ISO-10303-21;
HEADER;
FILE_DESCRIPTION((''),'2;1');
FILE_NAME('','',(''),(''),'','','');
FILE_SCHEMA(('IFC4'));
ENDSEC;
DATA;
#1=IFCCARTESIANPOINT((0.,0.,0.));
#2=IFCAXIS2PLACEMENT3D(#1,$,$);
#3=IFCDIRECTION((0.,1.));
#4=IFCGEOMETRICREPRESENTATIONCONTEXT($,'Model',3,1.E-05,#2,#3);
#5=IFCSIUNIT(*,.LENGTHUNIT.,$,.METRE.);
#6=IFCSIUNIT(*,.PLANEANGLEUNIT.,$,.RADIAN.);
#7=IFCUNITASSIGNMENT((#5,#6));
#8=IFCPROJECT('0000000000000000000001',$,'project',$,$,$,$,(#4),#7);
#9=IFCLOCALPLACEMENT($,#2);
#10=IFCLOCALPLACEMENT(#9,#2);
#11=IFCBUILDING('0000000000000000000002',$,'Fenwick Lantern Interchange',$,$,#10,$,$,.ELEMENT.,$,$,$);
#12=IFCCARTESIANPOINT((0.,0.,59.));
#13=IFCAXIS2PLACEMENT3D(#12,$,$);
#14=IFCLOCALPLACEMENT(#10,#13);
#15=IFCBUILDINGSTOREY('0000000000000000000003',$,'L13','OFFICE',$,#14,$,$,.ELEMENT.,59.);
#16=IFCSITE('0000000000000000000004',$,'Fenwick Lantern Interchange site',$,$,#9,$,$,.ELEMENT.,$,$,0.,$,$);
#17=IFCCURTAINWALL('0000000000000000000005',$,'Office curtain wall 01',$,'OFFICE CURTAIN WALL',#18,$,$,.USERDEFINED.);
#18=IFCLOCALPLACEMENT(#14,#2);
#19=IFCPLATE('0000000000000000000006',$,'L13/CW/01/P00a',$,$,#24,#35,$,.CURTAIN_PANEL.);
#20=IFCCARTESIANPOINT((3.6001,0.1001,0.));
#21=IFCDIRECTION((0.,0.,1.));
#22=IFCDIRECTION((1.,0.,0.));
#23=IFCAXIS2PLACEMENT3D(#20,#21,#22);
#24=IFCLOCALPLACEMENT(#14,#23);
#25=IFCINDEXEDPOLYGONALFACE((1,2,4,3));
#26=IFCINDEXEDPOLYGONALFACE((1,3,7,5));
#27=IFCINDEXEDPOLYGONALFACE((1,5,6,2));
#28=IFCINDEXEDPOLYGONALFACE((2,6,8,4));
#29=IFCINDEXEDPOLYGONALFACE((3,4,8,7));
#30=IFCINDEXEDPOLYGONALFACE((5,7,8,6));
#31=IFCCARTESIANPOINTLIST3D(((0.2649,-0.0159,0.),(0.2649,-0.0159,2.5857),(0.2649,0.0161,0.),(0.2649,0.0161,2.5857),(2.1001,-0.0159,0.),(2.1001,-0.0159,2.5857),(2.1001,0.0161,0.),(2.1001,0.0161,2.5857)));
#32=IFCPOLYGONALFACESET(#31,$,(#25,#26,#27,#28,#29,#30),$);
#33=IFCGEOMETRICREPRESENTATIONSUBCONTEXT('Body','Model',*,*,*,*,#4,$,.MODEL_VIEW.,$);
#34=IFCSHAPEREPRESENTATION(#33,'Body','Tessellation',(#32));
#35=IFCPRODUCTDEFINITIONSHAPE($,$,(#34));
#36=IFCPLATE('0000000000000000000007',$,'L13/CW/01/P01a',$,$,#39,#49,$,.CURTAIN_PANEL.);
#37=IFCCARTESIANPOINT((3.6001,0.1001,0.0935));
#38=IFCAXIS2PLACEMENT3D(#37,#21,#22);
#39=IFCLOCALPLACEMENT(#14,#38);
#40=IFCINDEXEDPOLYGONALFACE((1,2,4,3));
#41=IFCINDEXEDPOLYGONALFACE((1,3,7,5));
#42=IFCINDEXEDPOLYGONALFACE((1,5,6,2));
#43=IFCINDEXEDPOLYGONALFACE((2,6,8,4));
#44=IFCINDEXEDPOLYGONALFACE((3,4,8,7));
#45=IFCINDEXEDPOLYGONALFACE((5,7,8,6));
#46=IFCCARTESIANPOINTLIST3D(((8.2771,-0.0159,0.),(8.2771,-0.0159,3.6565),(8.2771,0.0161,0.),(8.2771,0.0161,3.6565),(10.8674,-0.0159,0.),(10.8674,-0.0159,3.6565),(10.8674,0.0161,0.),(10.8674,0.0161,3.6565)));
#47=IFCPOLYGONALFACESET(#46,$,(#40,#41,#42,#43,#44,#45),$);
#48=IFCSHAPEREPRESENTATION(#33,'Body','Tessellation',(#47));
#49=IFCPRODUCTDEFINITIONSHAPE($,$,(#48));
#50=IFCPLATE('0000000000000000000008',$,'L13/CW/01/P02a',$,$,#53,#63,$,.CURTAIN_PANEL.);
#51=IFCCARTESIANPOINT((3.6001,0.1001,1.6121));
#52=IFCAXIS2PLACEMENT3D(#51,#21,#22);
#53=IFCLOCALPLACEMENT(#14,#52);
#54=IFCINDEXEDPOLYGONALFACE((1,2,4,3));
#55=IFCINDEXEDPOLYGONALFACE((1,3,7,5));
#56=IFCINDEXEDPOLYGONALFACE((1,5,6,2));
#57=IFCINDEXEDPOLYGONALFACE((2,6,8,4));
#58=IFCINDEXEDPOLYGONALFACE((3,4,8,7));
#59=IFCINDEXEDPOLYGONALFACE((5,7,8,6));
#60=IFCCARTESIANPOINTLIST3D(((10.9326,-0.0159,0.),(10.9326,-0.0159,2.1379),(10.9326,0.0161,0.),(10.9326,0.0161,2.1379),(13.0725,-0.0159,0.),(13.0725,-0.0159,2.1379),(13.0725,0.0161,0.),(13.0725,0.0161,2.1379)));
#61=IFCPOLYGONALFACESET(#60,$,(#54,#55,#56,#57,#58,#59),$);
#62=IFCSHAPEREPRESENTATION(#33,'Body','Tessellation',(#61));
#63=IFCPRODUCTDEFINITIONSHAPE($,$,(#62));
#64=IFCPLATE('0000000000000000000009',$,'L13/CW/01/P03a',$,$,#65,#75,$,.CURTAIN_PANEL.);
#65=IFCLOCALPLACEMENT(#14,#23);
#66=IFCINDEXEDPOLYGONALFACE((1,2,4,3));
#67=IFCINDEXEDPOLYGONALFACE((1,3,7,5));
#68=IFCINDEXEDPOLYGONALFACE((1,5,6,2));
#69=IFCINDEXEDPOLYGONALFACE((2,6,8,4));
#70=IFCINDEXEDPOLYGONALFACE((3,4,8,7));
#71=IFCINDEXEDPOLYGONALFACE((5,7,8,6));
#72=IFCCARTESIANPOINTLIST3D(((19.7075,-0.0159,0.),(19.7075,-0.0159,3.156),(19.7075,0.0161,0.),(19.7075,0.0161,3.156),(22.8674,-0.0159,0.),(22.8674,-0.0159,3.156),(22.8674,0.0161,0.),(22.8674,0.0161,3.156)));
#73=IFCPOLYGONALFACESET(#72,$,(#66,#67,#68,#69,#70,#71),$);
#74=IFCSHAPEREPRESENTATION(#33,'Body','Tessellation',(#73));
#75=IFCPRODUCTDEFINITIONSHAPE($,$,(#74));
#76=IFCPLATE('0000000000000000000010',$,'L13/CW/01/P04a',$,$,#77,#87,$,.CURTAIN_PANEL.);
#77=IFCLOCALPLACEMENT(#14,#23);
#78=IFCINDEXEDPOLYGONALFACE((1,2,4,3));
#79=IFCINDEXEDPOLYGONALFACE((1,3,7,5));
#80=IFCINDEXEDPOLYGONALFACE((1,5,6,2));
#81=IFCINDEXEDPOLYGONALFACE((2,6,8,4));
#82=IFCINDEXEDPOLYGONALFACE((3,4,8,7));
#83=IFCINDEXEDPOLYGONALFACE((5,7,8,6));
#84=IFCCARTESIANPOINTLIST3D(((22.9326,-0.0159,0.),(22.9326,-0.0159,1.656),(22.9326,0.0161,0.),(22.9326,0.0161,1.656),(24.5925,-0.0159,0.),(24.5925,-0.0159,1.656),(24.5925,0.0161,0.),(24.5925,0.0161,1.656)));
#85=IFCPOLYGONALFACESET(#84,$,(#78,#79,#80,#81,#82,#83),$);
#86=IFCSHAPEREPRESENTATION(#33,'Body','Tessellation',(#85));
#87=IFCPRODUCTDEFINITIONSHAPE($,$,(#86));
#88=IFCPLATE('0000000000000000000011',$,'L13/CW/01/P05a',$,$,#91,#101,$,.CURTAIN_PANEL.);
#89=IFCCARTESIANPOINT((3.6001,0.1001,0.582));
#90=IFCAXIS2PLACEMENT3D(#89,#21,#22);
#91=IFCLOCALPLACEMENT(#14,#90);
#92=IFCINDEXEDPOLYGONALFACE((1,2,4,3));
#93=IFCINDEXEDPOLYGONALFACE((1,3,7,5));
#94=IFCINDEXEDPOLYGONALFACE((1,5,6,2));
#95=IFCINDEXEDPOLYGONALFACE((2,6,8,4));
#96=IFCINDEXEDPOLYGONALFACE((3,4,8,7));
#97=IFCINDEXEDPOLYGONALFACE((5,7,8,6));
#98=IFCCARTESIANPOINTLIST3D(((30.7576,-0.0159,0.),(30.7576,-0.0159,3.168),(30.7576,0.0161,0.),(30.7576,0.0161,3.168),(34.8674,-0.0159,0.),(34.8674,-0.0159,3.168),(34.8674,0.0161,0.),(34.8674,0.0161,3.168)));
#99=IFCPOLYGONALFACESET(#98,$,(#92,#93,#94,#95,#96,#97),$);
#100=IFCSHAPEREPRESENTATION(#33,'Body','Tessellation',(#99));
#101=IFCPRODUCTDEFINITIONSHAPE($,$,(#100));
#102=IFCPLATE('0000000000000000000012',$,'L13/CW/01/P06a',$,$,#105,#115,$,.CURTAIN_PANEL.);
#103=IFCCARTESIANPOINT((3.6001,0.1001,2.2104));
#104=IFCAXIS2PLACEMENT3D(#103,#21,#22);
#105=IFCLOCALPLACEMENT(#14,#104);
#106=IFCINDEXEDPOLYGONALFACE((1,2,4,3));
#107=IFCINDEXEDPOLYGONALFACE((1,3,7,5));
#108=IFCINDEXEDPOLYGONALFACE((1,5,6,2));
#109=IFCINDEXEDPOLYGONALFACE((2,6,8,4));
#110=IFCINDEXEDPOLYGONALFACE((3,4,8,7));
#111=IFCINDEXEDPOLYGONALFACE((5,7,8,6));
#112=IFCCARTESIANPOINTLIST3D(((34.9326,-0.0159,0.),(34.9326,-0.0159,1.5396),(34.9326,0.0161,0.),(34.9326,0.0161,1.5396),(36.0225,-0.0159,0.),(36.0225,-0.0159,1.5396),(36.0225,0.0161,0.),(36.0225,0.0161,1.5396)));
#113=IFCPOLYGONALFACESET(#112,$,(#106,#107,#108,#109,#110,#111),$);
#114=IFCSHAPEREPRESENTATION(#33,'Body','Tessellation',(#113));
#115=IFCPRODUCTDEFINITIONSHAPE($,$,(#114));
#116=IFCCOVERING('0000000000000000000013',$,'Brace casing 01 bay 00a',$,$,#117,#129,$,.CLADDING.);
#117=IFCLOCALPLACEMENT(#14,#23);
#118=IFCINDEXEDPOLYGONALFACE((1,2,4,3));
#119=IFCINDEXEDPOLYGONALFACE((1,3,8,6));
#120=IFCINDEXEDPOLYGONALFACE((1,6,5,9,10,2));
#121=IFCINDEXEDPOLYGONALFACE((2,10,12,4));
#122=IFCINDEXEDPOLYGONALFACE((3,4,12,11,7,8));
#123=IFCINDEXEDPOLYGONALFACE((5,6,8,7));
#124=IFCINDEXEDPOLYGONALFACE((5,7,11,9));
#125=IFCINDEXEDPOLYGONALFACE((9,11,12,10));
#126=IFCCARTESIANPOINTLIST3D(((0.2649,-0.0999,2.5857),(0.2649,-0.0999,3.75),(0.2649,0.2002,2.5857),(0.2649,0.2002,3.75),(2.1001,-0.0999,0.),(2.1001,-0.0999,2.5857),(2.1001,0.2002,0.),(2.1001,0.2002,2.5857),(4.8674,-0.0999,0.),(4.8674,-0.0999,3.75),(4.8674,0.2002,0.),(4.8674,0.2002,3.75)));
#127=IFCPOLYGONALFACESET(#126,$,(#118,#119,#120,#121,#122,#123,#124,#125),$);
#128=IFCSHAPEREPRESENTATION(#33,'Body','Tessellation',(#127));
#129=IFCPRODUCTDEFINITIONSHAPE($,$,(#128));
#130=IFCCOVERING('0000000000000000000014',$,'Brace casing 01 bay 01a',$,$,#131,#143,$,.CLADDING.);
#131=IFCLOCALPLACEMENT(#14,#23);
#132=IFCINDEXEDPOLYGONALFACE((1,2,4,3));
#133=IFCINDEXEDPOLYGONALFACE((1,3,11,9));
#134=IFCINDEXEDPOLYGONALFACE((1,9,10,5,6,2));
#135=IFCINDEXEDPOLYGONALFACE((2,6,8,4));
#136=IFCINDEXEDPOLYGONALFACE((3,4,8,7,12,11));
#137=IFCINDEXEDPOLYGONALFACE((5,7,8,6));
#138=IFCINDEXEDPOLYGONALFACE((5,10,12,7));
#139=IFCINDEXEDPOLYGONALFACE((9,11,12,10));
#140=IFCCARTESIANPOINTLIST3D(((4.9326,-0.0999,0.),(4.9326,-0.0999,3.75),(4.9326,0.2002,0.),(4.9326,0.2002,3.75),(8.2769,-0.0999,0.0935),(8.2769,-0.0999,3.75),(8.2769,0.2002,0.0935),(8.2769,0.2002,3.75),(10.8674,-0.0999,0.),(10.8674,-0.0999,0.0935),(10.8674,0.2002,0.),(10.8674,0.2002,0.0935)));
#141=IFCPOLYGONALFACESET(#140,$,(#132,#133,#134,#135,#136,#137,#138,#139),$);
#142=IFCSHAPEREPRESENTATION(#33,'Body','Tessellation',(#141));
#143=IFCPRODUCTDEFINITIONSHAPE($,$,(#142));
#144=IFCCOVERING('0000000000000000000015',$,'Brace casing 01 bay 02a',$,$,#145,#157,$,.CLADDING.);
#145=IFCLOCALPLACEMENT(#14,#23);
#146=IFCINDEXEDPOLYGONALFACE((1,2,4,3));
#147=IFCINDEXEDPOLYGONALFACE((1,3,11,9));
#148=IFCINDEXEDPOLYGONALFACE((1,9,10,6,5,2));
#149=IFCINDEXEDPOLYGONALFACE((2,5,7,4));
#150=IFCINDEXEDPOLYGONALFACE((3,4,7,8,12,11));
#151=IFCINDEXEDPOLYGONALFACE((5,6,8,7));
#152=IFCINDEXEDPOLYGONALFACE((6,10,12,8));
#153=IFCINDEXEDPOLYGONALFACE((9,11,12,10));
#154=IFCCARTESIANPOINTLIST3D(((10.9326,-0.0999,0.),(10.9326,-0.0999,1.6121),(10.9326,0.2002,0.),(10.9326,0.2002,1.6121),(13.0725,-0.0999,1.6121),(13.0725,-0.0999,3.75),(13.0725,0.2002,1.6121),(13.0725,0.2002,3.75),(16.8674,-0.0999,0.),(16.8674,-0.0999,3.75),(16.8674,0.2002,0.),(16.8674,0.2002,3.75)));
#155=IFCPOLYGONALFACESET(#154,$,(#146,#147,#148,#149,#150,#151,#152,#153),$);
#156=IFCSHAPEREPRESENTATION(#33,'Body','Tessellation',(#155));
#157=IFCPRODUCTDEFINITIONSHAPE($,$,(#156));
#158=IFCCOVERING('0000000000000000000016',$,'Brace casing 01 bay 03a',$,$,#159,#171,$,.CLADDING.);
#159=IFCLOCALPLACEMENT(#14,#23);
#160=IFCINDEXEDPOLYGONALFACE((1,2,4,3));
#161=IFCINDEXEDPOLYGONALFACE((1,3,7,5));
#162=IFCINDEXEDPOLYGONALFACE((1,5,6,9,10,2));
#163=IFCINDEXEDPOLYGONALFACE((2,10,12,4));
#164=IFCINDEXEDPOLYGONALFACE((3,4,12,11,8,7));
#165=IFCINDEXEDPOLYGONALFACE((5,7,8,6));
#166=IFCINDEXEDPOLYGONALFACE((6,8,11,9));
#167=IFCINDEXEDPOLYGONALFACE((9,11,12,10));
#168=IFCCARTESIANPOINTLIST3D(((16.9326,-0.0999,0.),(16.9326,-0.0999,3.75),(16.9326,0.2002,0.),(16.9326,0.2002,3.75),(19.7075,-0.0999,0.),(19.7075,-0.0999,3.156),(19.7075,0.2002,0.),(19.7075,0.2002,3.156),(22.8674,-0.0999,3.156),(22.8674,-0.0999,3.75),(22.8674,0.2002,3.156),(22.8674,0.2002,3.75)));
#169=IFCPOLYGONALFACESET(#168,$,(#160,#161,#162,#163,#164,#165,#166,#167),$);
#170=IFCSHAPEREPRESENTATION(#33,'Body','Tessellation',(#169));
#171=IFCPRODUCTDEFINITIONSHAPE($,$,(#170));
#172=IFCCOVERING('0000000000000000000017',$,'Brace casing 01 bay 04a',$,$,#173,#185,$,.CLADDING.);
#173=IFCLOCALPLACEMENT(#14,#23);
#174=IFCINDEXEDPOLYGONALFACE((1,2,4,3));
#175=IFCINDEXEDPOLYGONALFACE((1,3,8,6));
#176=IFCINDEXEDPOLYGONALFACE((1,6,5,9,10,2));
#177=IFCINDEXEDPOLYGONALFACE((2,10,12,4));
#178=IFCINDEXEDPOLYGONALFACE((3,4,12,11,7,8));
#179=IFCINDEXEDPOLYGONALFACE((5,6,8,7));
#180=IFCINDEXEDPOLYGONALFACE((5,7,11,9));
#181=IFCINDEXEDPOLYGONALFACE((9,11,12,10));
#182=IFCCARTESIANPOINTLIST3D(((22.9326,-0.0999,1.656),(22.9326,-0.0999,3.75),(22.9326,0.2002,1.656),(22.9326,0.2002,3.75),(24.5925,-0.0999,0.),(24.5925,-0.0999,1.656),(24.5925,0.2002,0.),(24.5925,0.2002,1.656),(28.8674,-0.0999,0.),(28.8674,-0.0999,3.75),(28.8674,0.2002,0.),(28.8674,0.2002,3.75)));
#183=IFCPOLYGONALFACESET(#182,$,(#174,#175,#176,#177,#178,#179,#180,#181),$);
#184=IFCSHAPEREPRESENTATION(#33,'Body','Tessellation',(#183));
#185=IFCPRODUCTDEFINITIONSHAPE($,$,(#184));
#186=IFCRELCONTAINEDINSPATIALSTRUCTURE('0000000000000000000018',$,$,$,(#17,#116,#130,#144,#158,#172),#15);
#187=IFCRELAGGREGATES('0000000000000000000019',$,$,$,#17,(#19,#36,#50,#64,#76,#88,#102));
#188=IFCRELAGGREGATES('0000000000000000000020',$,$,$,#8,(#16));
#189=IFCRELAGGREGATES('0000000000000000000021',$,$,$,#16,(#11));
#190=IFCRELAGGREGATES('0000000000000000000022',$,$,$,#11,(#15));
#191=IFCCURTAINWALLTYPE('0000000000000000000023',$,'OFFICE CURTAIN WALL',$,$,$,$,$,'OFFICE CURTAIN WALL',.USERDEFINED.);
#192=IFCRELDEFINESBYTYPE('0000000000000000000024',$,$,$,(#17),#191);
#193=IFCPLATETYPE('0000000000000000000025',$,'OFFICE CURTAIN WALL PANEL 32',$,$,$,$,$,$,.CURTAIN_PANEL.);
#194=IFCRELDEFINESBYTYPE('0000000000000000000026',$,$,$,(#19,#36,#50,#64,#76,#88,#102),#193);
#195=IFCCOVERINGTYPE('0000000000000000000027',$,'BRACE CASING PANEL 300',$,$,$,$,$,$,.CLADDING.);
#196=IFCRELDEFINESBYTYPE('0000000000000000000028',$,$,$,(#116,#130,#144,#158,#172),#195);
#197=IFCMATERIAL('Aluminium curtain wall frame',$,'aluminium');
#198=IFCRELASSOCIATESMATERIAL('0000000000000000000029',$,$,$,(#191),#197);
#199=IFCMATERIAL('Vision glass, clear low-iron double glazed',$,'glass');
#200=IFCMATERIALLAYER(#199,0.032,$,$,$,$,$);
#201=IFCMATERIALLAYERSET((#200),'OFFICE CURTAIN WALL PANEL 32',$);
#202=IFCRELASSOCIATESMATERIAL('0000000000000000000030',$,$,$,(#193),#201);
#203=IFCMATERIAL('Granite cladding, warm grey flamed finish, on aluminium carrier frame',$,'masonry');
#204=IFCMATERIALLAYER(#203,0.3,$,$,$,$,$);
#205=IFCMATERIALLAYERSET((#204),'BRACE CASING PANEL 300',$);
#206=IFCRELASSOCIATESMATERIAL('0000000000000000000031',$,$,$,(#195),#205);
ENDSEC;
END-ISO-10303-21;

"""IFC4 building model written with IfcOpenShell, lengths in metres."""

from ifc_helpers import new_model, si_unit, direction, frame, origin, place, context, subcontext, project, spatial, polyline, outline, extrude, material, layer, layer_set, type_object, element, aggregate, save


model = new_model("IFC4")

# Units and contexts
model_context = context("Model", 3, precision=1e-05, world=origin(), true_north=direction((0.0, 1.0)))
body_context = subcontext(model_context, "Body", "Model", "MODEL_VIEW")
ifc_project = project(units=[si_unit("LENGTHUNIT", "METRE"), si_unit("PLANEANGLEUNIT", "RADIAN")], contexts=[model_context])

# Site, building, storey
site_placement = place(None, origin())
site = spatial("IfcSite", under=ifc_project, at=site_placement, Name="Fenwick Lantern Interchange site", CompositionType="ELEMENT", RefElevation=0.0)
building_placement = place(site_placement, origin())
building = spatial("IfcBuilding", under=site, at=building_placement, Name="Fenwick Lantern Interchange", CompositionType="ELEMENT")
storey_placement = place(building_placement, frame((0.0, 0.0, 59.0)))
storey = spatial("IfcBuildingStorey", under=building, at=storey_placement, Name="L13", Description="OFFICE", CompositionType="ELEMENT", Elevation=59.0)

# Shared definitions
ifc_material_1 = material(Name="Aluminium curtain wall frame", Category="aluminium")
curtain_wall_type = type_object("IfcCurtainWallType", Name="OFFICE CURTAIN WALL", ElementType="OFFICE CURTAIN WALL", PredefinedType="USERDEFINED", material=ifc_material_1)

# Curtain wall, plates
curtain_wall_1_placement = place(storey_placement, origin())
curtain_wall_1 = element("IfcCurtainWall", 1, at=curtain_wall_1_placement, inside=storey, type_object=curtain_wall_type, Name="Office curtain wall 01", ObjectType="OFFICE CURTAIN WALL", PredefinedType="USERDEFINED")
ifc_material_2 = material(Name="Vision glass, clear low-iron double glazed", Category="glass")
ifc_layer_1 = layer(ifc_material_2, 0.032)
ifc_layer_set_1 = layer_set([ifc_layer_1], Name="OFFICE CURTAIN WALL PANEL 32")
plate_type = type_object("IfcPlateType", Name="OFFICE CURTAIN WALL PANEL 32", PredefinedType="CURTAIN_PANEL", material=ifc_layer_set_1)
plate_1_placement = place(storey_placement, frame((3.6001, 0.1001, 0.0), z_axis=(0.0, 0.0, 1.0), x_axis=(1.0, 0.0, 0.0)))
plate_1 = element("IfcPlate", 2, at=plate_1_placement, type_object=plate_type, Name="L13/CW/01/P00a", PredefinedType="CURTAIN_PANEL", context=body_context, shape_type="SweptSolid", body=[
    extrude(outline(polyline([(0.2649, 0.0), (2.1001, 0.0), (2.1001, 2.5857), (0.2649, 2.5857), (0.2649, 0.0)])), frame((0.0, 0.0161, 0.0), z_axis=(0.0, -1.0, 0.0), x_axis=(1.0, 0.0, 0.0)), (0.0, 0.0, 1.0), 0.032),
])
plate_2_placement = place(storey_placement, frame((3.6001, 0.1001, 0.0935), z_axis=(0.0, 0.0, 1.0), x_axis=(1.0, 0.0, 0.0)))
plate_2 = element("IfcPlate", 3, at=plate_2_placement, type_object=plate_type, Name="L13/CW/01/P01a", PredefinedType="CURTAIN_PANEL", context=body_context, shape_type="SweptSolid", body=[
    extrude(outline(polyline([(8.2771, 0.0), (10.8674, 0.0), (10.8674, 3.6565), (8.2771, 3.6565), (8.2771, 0.0)])), frame((0.0, 0.0161, 0.0), z_axis=(0.0, -1.0, 0.0), x_axis=(1.0, 0.0, 0.0)), (0.0, 0.0, 1.0), 0.032),
])
plate_3_placement = place(storey_placement, frame((3.6001, 0.1001, 1.6121), z_axis=(0.0, 0.0, 1.0), x_axis=(1.0, 0.0, 0.0)))
plate_3 = element("IfcPlate", 4, at=plate_3_placement, type_object=plate_type, Name="L13/CW/01/P02a", PredefinedType="CURTAIN_PANEL", context=body_context, shape_type="SweptSolid", body=[
    extrude(outline(polyline([(10.9326, 0.0), (13.0725, 0.0), (13.0725, 2.1379), (10.9326, 2.1379), (10.9326, 0.0)])), frame((0.0, 0.0161, 0.0), z_axis=(0.0, -1.0, 0.0), x_axis=(1.0, 0.0, 0.0)), (0.0, 0.0, 1.0), 0.032),
])
plate_4_placement = place(storey_placement, frame((3.6001, 0.1001, 0.0), z_axis=(0.0, 0.0, 1.0), x_axis=(1.0, 0.0, 0.0)))
plate_4 = element("IfcPlate", 5, at=plate_4_placement, type_object=plate_type, Name="L13/CW/01/P03a", PredefinedType="CURTAIN_PANEL", context=body_context, shape_type="SweptSolid", body=[
    extrude(outline(polyline([(19.7075, 0.0), (22.8674, 0.0), (22.8674, 3.156), (19.7075, 3.156), (19.7075, 0.0)])), frame((0.0, 0.0161, 0.0), z_axis=(0.0, -1.0, 0.0), x_axis=(1.0, 0.0, 0.0)), (0.0, 0.0, 1.0), 0.032),
])
plate_5_placement = place(storey_placement, frame((3.6001, 0.1001, 0.0), z_axis=(0.0, 0.0, 1.0), x_axis=(1.0, 0.0, 0.0)))
plate_5 = element("IfcPlate", 6, at=plate_5_placement, type_object=plate_type, Name="L13/CW/01/P04a", PredefinedType="CURTAIN_PANEL", context=body_context, shape_type="SweptSolid", body=[
    extrude(outline(polyline([(22.9326, 0.0), (24.5925, 0.0), (24.5925, 1.656), (22.9326, 1.656), (22.9326, 0.0)])), frame((0.0, 0.0161, 0.0), z_axis=(0.0, -1.0, 0.0), x_axis=(1.0, 0.0, 0.0)), (0.0, 0.0, 1.0), 0.032),
])
plate_6_placement = place(storey_placement, frame((3.6001, 0.1001, 0.582), z_axis=(0.0, 0.0, 1.0), x_axis=(1.0, 0.0, 0.0)))
plate_6 = element("IfcPlate", 7, at=plate_6_placement, type_object=plate_type, Name="L13/CW/01/P05a", PredefinedType="CURTAIN_PANEL", context=body_context, shape_type="SweptSolid", body=[
    extrude(outline(polyline([(30.7576, 0.0), (34.8674, 0.0), (34.8674, 3.168), (30.7576, 3.168), (30.7576, 0.0)])), frame((0.0, 0.0161, 0.0), z_axis=(0.0, -1.0, 0.0), x_axis=(1.0, 0.0, 0.0)), (0.0, 0.0, 1.0), 0.032),
])
plate_7_placement = place(storey_placement, frame((3.6001, 0.1001, 2.2104), z_axis=(0.0, 0.0, 1.0), x_axis=(1.0, 0.0, 0.0)))
plate_7 = element("IfcPlate", 8, at=plate_7_placement, type_object=plate_type, Name="L13/CW/01/P06a", PredefinedType="CURTAIN_PANEL", context=body_context, shape_type="SweptSolid", body=[
    extrude(outline(polyline([(34.9326, 0.0), (36.0225, 0.0), (36.0225, 1.5396), (34.9326, 1.5396), (34.9326, 0.0)])), frame((0.0, 0.0161, 0.0), z_axis=(0.0, -1.0, 0.0), x_axis=(1.0, 0.0, 0.0)), (0.0, 0.0, 1.0), 0.032),
])
aggregate(curtain_wall_1, [plate_1, plate_2, plate_3, plate_4, plate_5, plate_6, plate_7])

# Coverings
ifc_material_3 = material(Name="Granite cladding, warm grey flamed finish, on aluminium carrier frame", Category="masonry")
ifc_layer_2 = layer(ifc_material_3, 0.3)
ifc_layer_set_2 = layer_set([ifc_layer_2], Name="BRACE CASING PANEL 300")
covering_type_1 = type_object("IfcCoveringType", Name="BRACE CASING PANEL 300", PredefinedType="CLADDING", material=ifc_layer_set_2)
covering_1_placement = place(storey_placement, frame((3.6001, 0.1001, 0.0), z_axis=(0.0, 0.0, 1.0), x_axis=(1.0, 0.0, 0.0)))
element("IfcCovering", 9, at=covering_1_placement, inside=storey, type_object=covering_type_1, Name="Brace casing 01 bay 00a", PredefinedType="CLADDING", context=body_context, shape_type="SweptSolid", body=[
    extrude(outline(polyline([(2.1001, 0.0), (4.8674, 0.0), (4.8674, 3.75), (0.2649, 3.75), (0.2649, 2.5857), (2.1001, 2.5857), (2.1001, 0.0)])), frame((0.0, 0.2002, 0.0), z_axis=(0.0, -1.0, 0.0), x_axis=(1.0, 0.0, 0.0)), (0.0, 0.0, 1.0), 0.3),
])
covering_2_placement = place(storey_placement, frame((3.6001, 0.1001, 0.0), z_axis=(0.0, 0.0, 1.0), x_axis=(1.0, 0.0, 0.0)))
element("IfcCovering", 10, at=covering_2_placement, inside=storey, type_object=covering_type_1, Name="Brace casing 01 bay 01a", PredefinedType="CLADDING", context=body_context, shape_type="SweptSolid", body=[
    extrude(outline(polyline([(4.9326, 0.0), (10.8674, 0.0), (10.8674, 0.0935), (8.2769, 0.0935), (8.2769, 3.75), (4.9326, 3.75), (4.9326, 0.0)])), frame((0.0, 0.2002, 0.0), z_axis=(0.0, -1.0, 0.0), x_axis=(1.0, 0.0, 0.0)), (0.0, 0.0, 1.0), 0.3),
])
covering_3_placement = place(storey_placement, frame((3.6001, 0.1001, 0.0), z_axis=(0.0, 0.0, 1.0), x_axis=(1.0, 0.0, 0.0)))
element("IfcCovering", 11, at=covering_3_placement, inside=storey, type_object=covering_type_1, Name="Brace casing 01 bay 02a", PredefinedType="CLADDING", context=body_context, shape_type="SweptSolid", body=[
    extrude(outline(polyline([(10.9326, 0.0), (16.8674, 0.0), (16.8674, 3.75), (13.0725, 3.75), (13.0725, 1.6121), (10.9326, 1.6121), (10.9326, 0.0)])), frame((0.0, 0.2002, 0.0), z_axis=(0.0, -1.0, 0.0), x_axis=(1.0, 0.0, 0.0)), (0.0, 0.0, 1.0), 0.3),
])
covering_4_placement = place(storey_placement, frame((3.6001, 0.1001, 0.0), z_axis=(0.0, 0.0, 1.0), x_axis=(1.0, 0.0, 0.0)))
element("IfcCovering", 12, at=covering_4_placement, inside=storey, type_object=covering_type_1, Name="Brace casing 01 bay 03a", PredefinedType="CLADDING", context=body_context, shape_type="SweptSolid", body=[
    extrude(outline(polyline([(16.9326, 0.0), (19.7075, 0.0), (19.7075, 3.156), (22.8674, 3.156), (22.8674, 3.75), (16.9326, 3.75), (16.9326, 0.0)])), frame((0.0, 0.2002, 0.0), z_axis=(0.0, -1.0, 0.0), x_axis=(1.0, 0.0, 0.0)), (0.0, 0.0, 1.0), 0.3),
])
covering_5_placement = place(storey_placement, frame((3.6001, 0.1001, 0.0), z_axis=(0.0, 0.0, 1.0), x_axis=(1.0, 0.0, 0.0)))
element("IfcCovering", 13, at=covering_5_placement, inside=storey, type_object=covering_type_1, Name="Brace casing 01 bay 04a", PredefinedType="CLADDING", context=body_context, shape_type="SweptSolid", body=[
    extrude(outline(polyline([(24.5925, 0.0), (28.8674, 0.0), (28.8674, 3.75), (22.9326, 3.75), (22.9326, 1.656), (24.5925, 1.656), (24.5925, 0.0)])), frame((0.0, 0.2002, 0.0), z_axis=(0.0, -1.0, 0.0), x_axis=(1.0, 0.0, 0.0)), (0.0, 0.0, 1.0), 0.3),
])

save(model, "model.ifc")
